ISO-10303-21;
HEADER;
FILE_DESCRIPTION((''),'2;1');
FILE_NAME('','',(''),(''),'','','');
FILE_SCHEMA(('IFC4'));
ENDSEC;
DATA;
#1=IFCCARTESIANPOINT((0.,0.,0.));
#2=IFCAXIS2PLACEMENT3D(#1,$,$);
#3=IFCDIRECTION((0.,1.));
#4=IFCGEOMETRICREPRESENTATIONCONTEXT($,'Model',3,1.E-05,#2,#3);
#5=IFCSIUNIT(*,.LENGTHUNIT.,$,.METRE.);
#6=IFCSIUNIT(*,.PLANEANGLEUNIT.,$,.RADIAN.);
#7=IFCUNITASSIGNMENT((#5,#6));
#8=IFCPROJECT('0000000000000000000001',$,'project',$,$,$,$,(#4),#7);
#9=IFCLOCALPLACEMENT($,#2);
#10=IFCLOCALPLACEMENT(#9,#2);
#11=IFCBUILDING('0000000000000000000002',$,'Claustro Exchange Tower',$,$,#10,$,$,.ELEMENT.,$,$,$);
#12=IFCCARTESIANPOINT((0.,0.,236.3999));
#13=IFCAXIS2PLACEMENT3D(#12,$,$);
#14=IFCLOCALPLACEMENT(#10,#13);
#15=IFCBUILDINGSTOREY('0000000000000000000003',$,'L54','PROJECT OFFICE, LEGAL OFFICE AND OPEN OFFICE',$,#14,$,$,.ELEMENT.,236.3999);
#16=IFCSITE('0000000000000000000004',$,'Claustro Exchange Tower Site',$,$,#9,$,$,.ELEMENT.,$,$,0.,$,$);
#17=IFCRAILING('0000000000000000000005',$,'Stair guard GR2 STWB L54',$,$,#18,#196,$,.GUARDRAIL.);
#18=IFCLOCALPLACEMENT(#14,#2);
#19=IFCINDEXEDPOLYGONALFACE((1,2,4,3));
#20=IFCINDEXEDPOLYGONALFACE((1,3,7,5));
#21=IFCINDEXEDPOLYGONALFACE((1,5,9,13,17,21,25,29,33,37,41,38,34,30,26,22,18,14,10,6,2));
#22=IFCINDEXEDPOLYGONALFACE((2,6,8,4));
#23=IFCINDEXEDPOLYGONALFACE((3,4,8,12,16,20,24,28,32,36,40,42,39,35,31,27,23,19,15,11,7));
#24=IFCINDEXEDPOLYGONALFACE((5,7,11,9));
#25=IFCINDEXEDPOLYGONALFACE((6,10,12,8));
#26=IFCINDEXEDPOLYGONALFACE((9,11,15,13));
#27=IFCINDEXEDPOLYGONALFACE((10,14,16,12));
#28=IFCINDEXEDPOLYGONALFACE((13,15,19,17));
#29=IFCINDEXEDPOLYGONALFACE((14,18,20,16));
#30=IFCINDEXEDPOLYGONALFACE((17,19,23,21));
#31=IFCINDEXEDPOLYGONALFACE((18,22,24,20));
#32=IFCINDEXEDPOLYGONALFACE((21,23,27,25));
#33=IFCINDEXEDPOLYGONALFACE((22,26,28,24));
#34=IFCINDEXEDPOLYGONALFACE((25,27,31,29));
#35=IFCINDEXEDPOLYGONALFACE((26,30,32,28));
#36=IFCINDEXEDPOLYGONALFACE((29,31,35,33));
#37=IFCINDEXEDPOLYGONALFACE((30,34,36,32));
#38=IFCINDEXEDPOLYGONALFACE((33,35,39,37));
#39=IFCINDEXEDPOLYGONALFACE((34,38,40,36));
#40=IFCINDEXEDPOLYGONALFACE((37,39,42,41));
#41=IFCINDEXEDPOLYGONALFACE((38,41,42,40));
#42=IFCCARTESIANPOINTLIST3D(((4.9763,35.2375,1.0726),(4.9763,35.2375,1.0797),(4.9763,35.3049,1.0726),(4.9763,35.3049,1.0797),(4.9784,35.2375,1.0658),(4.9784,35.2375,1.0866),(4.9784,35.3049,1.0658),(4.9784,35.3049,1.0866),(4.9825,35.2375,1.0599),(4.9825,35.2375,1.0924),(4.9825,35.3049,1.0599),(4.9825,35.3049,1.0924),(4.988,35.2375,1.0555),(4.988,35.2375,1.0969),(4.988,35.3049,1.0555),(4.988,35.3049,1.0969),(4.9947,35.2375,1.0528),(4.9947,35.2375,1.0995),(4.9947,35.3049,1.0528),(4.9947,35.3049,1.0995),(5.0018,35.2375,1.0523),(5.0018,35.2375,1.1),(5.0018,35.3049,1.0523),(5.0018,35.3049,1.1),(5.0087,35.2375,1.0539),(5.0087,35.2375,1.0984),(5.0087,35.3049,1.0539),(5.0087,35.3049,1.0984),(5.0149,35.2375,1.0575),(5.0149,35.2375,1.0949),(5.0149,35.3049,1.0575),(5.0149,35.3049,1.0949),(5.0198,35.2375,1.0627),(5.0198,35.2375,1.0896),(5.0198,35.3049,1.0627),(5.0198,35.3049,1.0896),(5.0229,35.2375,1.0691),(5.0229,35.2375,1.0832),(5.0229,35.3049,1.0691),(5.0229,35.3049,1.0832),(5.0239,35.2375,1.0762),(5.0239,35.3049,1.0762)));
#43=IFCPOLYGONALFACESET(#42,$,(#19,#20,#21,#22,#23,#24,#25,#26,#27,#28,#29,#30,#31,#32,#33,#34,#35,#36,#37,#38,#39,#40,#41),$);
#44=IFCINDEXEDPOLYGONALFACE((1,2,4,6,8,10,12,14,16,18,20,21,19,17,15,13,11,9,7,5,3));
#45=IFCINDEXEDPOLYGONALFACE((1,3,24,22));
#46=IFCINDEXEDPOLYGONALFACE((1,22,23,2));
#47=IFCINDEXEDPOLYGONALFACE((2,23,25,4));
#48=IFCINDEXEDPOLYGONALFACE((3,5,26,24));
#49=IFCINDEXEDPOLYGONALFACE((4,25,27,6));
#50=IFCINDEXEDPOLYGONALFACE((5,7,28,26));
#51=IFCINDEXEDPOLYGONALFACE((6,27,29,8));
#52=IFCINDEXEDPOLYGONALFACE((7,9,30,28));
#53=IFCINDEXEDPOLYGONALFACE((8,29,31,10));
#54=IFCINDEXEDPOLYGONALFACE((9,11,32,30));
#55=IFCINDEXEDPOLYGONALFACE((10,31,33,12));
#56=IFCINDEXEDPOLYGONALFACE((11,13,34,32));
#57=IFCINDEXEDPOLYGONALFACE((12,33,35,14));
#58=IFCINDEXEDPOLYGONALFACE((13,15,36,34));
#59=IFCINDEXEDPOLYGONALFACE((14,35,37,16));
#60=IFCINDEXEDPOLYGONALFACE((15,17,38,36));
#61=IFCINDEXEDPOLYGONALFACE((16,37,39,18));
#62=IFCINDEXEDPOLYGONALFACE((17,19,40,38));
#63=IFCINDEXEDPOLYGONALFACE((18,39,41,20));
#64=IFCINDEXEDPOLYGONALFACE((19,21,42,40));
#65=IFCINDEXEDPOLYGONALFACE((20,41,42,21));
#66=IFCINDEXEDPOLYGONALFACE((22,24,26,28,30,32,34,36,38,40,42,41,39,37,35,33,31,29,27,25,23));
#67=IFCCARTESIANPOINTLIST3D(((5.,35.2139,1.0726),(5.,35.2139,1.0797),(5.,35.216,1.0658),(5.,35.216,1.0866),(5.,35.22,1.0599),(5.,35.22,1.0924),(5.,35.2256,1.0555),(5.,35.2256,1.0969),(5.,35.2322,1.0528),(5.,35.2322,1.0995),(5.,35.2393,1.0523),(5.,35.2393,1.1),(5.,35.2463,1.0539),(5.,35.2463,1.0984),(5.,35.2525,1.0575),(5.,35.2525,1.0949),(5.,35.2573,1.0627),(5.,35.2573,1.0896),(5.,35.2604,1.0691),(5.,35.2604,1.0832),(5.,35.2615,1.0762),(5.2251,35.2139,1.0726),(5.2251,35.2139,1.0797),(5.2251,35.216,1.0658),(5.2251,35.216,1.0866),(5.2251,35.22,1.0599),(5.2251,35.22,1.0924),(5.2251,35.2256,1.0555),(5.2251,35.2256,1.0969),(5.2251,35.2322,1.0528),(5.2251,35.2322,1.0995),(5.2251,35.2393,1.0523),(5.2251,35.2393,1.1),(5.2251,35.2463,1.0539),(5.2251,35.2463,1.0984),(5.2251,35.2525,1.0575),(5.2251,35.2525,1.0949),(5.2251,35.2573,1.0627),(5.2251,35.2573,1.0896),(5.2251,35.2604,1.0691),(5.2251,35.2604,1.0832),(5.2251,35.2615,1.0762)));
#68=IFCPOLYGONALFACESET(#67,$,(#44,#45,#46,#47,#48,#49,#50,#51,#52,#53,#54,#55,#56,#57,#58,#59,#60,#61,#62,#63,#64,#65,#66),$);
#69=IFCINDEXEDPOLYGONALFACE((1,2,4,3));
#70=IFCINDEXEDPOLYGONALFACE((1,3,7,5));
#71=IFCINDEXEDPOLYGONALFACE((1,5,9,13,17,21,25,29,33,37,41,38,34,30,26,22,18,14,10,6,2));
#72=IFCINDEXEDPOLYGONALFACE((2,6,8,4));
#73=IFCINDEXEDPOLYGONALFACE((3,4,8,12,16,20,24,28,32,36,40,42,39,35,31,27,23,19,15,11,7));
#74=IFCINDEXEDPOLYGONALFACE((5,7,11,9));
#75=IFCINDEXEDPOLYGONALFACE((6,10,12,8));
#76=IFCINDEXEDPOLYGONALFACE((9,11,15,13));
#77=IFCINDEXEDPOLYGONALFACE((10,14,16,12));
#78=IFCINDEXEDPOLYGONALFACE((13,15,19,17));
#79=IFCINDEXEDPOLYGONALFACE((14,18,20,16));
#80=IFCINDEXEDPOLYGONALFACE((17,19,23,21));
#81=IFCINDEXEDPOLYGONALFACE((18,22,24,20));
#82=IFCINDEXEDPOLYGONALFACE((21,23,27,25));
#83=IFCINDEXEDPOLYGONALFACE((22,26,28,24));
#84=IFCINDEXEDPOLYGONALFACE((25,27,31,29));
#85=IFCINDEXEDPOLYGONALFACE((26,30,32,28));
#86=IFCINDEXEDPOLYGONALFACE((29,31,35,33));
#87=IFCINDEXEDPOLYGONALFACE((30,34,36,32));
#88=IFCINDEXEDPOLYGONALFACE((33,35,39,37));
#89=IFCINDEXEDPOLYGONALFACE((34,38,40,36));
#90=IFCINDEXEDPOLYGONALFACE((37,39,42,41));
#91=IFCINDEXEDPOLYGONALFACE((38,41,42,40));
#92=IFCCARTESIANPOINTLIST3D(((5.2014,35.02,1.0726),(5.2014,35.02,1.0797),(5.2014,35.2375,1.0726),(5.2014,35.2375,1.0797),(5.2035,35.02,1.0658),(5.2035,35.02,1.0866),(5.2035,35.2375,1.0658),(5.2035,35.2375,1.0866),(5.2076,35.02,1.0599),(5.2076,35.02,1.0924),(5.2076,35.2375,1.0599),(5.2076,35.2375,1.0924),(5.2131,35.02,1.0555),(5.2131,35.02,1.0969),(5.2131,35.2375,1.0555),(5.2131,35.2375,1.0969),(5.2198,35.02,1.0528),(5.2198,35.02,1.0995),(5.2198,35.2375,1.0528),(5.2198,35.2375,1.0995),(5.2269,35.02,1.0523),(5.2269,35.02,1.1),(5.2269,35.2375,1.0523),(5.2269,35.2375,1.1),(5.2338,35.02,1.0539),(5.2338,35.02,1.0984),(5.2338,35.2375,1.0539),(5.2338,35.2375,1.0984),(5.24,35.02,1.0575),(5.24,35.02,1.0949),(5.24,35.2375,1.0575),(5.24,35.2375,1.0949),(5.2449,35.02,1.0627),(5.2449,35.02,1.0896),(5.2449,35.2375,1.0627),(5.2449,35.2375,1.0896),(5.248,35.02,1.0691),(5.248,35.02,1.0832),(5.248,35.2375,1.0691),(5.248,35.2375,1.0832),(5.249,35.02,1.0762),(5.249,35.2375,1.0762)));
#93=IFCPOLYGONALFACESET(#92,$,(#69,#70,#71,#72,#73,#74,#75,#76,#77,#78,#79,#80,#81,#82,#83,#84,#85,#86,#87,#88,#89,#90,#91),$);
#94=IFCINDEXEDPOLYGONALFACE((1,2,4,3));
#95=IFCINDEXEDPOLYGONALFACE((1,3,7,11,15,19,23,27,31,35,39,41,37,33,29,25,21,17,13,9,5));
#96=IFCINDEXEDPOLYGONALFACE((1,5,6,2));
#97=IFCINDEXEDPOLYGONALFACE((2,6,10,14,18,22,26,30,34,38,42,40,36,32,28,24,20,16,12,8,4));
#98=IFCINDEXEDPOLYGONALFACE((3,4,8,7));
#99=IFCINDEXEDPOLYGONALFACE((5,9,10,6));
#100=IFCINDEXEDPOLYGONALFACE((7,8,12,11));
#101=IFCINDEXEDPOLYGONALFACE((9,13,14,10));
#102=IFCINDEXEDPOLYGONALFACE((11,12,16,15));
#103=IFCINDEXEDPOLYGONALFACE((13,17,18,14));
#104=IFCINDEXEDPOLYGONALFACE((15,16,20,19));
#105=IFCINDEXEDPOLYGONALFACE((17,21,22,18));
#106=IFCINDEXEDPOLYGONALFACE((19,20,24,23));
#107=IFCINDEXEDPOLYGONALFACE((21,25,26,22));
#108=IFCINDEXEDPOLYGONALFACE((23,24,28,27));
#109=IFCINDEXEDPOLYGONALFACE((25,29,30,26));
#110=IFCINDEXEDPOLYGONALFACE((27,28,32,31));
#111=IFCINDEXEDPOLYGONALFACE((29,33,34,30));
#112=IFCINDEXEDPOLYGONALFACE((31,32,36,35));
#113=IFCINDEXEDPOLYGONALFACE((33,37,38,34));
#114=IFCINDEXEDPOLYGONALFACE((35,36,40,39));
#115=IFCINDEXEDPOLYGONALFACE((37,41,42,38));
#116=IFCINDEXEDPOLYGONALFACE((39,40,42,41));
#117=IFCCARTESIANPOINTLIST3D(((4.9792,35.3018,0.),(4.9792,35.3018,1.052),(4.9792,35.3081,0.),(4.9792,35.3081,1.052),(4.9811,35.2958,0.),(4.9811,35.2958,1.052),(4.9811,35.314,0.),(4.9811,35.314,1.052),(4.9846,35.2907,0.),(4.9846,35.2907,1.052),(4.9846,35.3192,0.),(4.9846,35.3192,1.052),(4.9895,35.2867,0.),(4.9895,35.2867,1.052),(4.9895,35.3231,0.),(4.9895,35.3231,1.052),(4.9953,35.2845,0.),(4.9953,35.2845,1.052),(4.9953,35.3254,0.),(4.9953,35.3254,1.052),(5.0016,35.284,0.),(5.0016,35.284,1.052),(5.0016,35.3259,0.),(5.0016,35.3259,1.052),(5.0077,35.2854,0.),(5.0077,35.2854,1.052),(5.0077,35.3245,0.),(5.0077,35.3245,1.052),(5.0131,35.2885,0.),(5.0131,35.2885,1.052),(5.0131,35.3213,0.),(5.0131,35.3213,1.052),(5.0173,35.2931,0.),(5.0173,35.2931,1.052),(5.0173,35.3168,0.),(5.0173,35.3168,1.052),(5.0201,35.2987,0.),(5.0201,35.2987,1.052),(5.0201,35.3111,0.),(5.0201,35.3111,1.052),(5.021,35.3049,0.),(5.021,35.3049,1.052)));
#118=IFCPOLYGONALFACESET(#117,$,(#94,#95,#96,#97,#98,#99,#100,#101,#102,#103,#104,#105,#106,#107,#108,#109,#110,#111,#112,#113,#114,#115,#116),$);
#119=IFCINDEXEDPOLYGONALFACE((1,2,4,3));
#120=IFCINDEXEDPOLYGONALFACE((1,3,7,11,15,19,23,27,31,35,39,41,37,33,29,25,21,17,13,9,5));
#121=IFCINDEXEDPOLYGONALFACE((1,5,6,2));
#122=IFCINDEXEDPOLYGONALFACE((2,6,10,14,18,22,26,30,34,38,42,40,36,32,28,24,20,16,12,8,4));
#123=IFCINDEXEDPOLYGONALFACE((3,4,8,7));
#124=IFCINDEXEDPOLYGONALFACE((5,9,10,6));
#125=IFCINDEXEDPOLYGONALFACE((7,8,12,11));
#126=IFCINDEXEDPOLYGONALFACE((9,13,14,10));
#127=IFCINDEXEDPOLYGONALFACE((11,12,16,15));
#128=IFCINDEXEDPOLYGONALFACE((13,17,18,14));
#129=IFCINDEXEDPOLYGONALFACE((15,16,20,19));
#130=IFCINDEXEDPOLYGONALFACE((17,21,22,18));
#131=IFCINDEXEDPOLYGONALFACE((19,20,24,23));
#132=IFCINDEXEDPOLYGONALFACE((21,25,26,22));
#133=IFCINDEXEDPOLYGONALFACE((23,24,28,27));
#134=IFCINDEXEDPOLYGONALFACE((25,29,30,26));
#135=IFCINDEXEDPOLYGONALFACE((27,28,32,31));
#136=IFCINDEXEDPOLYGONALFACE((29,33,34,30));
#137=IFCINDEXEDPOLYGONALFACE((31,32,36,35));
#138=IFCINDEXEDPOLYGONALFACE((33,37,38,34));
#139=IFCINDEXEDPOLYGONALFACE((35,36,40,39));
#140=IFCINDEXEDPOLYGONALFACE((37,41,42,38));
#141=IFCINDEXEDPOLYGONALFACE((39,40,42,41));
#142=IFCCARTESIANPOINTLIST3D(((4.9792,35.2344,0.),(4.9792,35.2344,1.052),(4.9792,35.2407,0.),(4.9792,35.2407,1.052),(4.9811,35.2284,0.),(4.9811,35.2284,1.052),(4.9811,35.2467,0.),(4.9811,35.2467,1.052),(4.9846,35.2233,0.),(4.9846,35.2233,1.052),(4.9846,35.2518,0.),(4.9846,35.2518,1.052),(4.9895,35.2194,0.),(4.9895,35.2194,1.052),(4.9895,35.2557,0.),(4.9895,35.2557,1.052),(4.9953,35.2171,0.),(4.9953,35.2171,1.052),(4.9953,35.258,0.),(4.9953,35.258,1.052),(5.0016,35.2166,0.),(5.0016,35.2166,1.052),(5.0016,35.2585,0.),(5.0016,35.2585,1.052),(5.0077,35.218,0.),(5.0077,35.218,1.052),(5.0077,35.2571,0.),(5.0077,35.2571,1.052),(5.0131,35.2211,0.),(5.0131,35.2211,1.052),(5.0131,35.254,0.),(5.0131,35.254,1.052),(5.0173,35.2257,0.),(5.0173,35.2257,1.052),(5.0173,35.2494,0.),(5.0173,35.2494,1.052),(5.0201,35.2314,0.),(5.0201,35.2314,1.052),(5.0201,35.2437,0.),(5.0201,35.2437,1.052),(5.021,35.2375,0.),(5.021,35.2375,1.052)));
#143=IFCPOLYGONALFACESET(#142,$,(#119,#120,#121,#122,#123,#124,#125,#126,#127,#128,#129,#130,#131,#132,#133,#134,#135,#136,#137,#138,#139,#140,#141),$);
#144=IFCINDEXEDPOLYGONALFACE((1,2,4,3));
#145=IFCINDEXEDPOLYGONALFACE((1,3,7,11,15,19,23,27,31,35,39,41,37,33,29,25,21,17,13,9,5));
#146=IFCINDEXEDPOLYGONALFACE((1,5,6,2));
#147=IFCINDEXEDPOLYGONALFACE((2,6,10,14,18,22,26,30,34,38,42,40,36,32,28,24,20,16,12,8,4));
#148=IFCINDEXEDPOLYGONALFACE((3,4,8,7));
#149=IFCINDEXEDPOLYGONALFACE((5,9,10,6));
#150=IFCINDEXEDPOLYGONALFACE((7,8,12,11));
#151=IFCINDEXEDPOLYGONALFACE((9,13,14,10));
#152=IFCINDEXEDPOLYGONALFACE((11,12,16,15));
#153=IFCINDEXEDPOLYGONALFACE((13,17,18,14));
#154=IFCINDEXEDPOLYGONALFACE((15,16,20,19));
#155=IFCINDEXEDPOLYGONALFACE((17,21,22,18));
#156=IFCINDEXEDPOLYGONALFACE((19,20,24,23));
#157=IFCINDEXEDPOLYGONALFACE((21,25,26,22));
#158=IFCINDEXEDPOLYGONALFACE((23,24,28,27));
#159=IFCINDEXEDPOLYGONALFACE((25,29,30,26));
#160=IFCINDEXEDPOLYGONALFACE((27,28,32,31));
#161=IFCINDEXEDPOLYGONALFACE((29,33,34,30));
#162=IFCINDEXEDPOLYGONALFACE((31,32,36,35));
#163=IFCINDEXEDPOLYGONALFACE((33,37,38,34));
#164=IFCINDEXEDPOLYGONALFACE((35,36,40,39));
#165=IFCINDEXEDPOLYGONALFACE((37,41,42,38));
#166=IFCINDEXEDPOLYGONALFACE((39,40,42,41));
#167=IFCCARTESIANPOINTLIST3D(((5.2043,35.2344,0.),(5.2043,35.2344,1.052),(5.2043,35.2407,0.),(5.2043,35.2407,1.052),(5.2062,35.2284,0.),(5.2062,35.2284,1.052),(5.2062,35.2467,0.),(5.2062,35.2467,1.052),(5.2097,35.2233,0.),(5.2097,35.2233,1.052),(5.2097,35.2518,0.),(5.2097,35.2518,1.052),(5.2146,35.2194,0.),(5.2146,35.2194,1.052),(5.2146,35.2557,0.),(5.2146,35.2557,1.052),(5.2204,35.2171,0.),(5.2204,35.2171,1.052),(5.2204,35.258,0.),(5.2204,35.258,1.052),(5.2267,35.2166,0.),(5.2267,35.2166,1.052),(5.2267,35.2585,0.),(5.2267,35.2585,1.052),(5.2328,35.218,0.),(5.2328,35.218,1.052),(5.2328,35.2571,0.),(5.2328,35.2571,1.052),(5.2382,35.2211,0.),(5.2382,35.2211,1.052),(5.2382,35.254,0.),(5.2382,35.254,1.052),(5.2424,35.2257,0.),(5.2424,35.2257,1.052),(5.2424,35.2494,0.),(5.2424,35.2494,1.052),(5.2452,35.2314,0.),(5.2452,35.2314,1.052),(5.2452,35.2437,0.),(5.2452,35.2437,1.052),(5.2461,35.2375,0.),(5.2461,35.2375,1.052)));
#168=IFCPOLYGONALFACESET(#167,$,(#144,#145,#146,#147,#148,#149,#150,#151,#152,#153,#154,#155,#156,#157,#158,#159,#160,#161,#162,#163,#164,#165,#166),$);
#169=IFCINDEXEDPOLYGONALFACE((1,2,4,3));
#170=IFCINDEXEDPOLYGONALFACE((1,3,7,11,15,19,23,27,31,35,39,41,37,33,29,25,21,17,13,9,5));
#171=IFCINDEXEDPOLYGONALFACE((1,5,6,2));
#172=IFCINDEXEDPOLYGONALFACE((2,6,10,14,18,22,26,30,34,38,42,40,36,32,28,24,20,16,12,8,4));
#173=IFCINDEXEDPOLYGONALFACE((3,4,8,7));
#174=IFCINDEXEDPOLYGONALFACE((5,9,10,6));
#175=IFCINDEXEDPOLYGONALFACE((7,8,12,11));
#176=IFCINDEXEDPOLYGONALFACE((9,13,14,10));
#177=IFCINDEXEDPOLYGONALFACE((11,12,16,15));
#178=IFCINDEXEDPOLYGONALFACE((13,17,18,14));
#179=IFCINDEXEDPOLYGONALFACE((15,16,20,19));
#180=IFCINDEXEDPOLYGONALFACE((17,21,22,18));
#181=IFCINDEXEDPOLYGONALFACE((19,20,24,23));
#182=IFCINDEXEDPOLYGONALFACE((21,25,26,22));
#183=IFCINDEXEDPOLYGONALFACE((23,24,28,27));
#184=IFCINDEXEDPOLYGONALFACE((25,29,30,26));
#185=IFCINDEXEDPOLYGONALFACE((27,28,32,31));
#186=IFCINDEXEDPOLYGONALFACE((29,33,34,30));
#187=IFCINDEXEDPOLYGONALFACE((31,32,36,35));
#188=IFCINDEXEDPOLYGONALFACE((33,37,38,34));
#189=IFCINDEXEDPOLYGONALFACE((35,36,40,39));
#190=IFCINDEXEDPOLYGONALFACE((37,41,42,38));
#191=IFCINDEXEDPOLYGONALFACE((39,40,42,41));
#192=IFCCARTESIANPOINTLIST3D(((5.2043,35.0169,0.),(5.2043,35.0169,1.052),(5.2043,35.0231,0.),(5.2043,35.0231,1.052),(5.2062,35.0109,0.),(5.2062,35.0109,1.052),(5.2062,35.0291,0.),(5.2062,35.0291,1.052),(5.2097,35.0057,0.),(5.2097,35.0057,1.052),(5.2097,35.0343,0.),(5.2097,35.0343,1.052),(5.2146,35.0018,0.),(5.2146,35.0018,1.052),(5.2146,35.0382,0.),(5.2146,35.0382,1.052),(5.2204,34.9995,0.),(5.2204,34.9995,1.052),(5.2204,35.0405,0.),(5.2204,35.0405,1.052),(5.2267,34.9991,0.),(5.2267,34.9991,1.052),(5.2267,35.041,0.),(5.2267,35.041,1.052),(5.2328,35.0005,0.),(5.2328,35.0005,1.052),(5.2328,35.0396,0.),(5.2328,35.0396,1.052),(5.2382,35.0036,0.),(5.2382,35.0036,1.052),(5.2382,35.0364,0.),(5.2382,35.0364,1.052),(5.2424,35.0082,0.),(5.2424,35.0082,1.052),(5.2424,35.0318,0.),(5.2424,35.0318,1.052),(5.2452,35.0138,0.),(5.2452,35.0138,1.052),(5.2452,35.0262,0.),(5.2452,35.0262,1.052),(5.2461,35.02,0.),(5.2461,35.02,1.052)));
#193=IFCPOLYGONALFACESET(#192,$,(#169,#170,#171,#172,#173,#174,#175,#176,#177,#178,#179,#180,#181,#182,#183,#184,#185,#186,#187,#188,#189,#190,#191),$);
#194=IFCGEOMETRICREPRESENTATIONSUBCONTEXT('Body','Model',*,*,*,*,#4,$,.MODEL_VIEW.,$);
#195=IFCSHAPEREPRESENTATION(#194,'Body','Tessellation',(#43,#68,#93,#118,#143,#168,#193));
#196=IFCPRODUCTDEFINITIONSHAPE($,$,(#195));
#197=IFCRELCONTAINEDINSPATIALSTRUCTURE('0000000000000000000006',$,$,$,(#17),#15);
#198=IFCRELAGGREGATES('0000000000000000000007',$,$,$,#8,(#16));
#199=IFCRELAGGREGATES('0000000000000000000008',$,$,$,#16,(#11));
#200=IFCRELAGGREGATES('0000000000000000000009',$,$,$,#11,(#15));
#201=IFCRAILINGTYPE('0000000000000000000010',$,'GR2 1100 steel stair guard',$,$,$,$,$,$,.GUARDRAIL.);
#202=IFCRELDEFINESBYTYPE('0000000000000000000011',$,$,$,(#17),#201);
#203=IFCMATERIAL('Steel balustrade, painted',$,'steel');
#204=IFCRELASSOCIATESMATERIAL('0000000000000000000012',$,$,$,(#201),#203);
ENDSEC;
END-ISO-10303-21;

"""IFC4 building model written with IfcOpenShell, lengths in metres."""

from ifc_helpers import new_model, si_unit, direction, frame, origin, origin_2d, place, context, subcontext, project, spatial, circle, extrude, material, type_object, element, save


model = new_model("IFC4")

# Units and contexts
model_context = context("Model", 3, precision=1e-05, world=origin(), true_north=direction((0.0, 1.0)))
body_context = subcontext(model_context, "Body", "Model", "MODEL_VIEW")
ifc_project = project(units=[si_unit("LENGTHUNIT", "METRE"), si_unit("PLANEANGLEUNIT", "RADIAN")], contexts=[model_context])

# Site, building, storey
site_placement = place(None, origin())
site = spatial("IfcSite", under=ifc_project, at=site_placement, Name="Claustro Exchange Tower Site", CompositionType="ELEMENT", RefElevation=0.0)
building_placement = place(site_placement, origin())
building = spatial("IfcBuilding", under=site, at=building_placement, Name="Claustro Exchange Tower", CompositionType="ELEMENT")
storey_placement = place(building_placement, frame((0.0, 0.0, 236.3999)))
storey = spatial("IfcBuildingStorey", under=building, at=storey_placement, Name="L54", Description="PROJECT OFFICE, LEGAL OFFICE AND OPEN OFFICE", CompositionType="ELEMENT", Elevation=236.3999)

# Railing
ifc_material_1 = material(Name="Steel balustrade, painted", Category="steel")
railing_type_1 = type_object("IfcRailingType", Name="GR2 1100 steel stair guard", PredefinedType="GUARDRAIL", material=ifc_material_1)
railing_1_placement = place(storey_placement, frame((5.0, 35.3049, 0.0)))
element("IfcRailing", 1, at=railing_1_placement, inside=storey, type_object=railing_type_1, Name="Stair guard GR2 STWB L54", PredefinedType="GUARDRAIL", context=body_context, shape_type="SweptSolid", body=[
    extrude(circle(Radius=0.0239, at=origin_2d()), frame((0.0, 0.0, 1.0762), z_axis=(0.0, -1.0, 0.0), x_axis=(1.0, 0.0, 0.0)), (0.0, 0.0, 1.0), 0.0674),
    extrude(circle(Radius=0.0239, at=origin_2d()), frame((0.0, -0.0674, 1.0762), z_axis=(1.0, 0.0, 0.0), x_axis=(0.0, 1.0, 0.0)), (0.0, 0.0, 1.0), 0.2251),
    extrude(circle(Radius=0.0239, at=origin_2d()), frame((0.2251, -0.0674, 1.0762), z_axis=(0.0, -1.0, 0.0), x_axis=(1.0, 0.0, 0.0)), (0.0, 0.0, 1.0), 0.2175),
    extrude(circle(Radius=0.021, at=origin_2d()), origin(), (0.0, 0.0, 1.0), 1.052),
    extrude(circle(Radius=0.021, at=origin_2d()), frame((0.0, -0.0674, 0.0)), (0.0, 0.0, 1.0), 1.052),
    extrude(circle(Radius=0.021, at=origin_2d()), frame((0.2251, -0.0674, 0.0)), (0.0, 0.0, 1.0), 1.052),
    extrude(circle(Radius=0.021, at=origin_2d()), frame((0.2251, -0.2849, 0.0)), (0.0, 0.0, 1.0), 1.052),
])

save(model, "model.ifc")
